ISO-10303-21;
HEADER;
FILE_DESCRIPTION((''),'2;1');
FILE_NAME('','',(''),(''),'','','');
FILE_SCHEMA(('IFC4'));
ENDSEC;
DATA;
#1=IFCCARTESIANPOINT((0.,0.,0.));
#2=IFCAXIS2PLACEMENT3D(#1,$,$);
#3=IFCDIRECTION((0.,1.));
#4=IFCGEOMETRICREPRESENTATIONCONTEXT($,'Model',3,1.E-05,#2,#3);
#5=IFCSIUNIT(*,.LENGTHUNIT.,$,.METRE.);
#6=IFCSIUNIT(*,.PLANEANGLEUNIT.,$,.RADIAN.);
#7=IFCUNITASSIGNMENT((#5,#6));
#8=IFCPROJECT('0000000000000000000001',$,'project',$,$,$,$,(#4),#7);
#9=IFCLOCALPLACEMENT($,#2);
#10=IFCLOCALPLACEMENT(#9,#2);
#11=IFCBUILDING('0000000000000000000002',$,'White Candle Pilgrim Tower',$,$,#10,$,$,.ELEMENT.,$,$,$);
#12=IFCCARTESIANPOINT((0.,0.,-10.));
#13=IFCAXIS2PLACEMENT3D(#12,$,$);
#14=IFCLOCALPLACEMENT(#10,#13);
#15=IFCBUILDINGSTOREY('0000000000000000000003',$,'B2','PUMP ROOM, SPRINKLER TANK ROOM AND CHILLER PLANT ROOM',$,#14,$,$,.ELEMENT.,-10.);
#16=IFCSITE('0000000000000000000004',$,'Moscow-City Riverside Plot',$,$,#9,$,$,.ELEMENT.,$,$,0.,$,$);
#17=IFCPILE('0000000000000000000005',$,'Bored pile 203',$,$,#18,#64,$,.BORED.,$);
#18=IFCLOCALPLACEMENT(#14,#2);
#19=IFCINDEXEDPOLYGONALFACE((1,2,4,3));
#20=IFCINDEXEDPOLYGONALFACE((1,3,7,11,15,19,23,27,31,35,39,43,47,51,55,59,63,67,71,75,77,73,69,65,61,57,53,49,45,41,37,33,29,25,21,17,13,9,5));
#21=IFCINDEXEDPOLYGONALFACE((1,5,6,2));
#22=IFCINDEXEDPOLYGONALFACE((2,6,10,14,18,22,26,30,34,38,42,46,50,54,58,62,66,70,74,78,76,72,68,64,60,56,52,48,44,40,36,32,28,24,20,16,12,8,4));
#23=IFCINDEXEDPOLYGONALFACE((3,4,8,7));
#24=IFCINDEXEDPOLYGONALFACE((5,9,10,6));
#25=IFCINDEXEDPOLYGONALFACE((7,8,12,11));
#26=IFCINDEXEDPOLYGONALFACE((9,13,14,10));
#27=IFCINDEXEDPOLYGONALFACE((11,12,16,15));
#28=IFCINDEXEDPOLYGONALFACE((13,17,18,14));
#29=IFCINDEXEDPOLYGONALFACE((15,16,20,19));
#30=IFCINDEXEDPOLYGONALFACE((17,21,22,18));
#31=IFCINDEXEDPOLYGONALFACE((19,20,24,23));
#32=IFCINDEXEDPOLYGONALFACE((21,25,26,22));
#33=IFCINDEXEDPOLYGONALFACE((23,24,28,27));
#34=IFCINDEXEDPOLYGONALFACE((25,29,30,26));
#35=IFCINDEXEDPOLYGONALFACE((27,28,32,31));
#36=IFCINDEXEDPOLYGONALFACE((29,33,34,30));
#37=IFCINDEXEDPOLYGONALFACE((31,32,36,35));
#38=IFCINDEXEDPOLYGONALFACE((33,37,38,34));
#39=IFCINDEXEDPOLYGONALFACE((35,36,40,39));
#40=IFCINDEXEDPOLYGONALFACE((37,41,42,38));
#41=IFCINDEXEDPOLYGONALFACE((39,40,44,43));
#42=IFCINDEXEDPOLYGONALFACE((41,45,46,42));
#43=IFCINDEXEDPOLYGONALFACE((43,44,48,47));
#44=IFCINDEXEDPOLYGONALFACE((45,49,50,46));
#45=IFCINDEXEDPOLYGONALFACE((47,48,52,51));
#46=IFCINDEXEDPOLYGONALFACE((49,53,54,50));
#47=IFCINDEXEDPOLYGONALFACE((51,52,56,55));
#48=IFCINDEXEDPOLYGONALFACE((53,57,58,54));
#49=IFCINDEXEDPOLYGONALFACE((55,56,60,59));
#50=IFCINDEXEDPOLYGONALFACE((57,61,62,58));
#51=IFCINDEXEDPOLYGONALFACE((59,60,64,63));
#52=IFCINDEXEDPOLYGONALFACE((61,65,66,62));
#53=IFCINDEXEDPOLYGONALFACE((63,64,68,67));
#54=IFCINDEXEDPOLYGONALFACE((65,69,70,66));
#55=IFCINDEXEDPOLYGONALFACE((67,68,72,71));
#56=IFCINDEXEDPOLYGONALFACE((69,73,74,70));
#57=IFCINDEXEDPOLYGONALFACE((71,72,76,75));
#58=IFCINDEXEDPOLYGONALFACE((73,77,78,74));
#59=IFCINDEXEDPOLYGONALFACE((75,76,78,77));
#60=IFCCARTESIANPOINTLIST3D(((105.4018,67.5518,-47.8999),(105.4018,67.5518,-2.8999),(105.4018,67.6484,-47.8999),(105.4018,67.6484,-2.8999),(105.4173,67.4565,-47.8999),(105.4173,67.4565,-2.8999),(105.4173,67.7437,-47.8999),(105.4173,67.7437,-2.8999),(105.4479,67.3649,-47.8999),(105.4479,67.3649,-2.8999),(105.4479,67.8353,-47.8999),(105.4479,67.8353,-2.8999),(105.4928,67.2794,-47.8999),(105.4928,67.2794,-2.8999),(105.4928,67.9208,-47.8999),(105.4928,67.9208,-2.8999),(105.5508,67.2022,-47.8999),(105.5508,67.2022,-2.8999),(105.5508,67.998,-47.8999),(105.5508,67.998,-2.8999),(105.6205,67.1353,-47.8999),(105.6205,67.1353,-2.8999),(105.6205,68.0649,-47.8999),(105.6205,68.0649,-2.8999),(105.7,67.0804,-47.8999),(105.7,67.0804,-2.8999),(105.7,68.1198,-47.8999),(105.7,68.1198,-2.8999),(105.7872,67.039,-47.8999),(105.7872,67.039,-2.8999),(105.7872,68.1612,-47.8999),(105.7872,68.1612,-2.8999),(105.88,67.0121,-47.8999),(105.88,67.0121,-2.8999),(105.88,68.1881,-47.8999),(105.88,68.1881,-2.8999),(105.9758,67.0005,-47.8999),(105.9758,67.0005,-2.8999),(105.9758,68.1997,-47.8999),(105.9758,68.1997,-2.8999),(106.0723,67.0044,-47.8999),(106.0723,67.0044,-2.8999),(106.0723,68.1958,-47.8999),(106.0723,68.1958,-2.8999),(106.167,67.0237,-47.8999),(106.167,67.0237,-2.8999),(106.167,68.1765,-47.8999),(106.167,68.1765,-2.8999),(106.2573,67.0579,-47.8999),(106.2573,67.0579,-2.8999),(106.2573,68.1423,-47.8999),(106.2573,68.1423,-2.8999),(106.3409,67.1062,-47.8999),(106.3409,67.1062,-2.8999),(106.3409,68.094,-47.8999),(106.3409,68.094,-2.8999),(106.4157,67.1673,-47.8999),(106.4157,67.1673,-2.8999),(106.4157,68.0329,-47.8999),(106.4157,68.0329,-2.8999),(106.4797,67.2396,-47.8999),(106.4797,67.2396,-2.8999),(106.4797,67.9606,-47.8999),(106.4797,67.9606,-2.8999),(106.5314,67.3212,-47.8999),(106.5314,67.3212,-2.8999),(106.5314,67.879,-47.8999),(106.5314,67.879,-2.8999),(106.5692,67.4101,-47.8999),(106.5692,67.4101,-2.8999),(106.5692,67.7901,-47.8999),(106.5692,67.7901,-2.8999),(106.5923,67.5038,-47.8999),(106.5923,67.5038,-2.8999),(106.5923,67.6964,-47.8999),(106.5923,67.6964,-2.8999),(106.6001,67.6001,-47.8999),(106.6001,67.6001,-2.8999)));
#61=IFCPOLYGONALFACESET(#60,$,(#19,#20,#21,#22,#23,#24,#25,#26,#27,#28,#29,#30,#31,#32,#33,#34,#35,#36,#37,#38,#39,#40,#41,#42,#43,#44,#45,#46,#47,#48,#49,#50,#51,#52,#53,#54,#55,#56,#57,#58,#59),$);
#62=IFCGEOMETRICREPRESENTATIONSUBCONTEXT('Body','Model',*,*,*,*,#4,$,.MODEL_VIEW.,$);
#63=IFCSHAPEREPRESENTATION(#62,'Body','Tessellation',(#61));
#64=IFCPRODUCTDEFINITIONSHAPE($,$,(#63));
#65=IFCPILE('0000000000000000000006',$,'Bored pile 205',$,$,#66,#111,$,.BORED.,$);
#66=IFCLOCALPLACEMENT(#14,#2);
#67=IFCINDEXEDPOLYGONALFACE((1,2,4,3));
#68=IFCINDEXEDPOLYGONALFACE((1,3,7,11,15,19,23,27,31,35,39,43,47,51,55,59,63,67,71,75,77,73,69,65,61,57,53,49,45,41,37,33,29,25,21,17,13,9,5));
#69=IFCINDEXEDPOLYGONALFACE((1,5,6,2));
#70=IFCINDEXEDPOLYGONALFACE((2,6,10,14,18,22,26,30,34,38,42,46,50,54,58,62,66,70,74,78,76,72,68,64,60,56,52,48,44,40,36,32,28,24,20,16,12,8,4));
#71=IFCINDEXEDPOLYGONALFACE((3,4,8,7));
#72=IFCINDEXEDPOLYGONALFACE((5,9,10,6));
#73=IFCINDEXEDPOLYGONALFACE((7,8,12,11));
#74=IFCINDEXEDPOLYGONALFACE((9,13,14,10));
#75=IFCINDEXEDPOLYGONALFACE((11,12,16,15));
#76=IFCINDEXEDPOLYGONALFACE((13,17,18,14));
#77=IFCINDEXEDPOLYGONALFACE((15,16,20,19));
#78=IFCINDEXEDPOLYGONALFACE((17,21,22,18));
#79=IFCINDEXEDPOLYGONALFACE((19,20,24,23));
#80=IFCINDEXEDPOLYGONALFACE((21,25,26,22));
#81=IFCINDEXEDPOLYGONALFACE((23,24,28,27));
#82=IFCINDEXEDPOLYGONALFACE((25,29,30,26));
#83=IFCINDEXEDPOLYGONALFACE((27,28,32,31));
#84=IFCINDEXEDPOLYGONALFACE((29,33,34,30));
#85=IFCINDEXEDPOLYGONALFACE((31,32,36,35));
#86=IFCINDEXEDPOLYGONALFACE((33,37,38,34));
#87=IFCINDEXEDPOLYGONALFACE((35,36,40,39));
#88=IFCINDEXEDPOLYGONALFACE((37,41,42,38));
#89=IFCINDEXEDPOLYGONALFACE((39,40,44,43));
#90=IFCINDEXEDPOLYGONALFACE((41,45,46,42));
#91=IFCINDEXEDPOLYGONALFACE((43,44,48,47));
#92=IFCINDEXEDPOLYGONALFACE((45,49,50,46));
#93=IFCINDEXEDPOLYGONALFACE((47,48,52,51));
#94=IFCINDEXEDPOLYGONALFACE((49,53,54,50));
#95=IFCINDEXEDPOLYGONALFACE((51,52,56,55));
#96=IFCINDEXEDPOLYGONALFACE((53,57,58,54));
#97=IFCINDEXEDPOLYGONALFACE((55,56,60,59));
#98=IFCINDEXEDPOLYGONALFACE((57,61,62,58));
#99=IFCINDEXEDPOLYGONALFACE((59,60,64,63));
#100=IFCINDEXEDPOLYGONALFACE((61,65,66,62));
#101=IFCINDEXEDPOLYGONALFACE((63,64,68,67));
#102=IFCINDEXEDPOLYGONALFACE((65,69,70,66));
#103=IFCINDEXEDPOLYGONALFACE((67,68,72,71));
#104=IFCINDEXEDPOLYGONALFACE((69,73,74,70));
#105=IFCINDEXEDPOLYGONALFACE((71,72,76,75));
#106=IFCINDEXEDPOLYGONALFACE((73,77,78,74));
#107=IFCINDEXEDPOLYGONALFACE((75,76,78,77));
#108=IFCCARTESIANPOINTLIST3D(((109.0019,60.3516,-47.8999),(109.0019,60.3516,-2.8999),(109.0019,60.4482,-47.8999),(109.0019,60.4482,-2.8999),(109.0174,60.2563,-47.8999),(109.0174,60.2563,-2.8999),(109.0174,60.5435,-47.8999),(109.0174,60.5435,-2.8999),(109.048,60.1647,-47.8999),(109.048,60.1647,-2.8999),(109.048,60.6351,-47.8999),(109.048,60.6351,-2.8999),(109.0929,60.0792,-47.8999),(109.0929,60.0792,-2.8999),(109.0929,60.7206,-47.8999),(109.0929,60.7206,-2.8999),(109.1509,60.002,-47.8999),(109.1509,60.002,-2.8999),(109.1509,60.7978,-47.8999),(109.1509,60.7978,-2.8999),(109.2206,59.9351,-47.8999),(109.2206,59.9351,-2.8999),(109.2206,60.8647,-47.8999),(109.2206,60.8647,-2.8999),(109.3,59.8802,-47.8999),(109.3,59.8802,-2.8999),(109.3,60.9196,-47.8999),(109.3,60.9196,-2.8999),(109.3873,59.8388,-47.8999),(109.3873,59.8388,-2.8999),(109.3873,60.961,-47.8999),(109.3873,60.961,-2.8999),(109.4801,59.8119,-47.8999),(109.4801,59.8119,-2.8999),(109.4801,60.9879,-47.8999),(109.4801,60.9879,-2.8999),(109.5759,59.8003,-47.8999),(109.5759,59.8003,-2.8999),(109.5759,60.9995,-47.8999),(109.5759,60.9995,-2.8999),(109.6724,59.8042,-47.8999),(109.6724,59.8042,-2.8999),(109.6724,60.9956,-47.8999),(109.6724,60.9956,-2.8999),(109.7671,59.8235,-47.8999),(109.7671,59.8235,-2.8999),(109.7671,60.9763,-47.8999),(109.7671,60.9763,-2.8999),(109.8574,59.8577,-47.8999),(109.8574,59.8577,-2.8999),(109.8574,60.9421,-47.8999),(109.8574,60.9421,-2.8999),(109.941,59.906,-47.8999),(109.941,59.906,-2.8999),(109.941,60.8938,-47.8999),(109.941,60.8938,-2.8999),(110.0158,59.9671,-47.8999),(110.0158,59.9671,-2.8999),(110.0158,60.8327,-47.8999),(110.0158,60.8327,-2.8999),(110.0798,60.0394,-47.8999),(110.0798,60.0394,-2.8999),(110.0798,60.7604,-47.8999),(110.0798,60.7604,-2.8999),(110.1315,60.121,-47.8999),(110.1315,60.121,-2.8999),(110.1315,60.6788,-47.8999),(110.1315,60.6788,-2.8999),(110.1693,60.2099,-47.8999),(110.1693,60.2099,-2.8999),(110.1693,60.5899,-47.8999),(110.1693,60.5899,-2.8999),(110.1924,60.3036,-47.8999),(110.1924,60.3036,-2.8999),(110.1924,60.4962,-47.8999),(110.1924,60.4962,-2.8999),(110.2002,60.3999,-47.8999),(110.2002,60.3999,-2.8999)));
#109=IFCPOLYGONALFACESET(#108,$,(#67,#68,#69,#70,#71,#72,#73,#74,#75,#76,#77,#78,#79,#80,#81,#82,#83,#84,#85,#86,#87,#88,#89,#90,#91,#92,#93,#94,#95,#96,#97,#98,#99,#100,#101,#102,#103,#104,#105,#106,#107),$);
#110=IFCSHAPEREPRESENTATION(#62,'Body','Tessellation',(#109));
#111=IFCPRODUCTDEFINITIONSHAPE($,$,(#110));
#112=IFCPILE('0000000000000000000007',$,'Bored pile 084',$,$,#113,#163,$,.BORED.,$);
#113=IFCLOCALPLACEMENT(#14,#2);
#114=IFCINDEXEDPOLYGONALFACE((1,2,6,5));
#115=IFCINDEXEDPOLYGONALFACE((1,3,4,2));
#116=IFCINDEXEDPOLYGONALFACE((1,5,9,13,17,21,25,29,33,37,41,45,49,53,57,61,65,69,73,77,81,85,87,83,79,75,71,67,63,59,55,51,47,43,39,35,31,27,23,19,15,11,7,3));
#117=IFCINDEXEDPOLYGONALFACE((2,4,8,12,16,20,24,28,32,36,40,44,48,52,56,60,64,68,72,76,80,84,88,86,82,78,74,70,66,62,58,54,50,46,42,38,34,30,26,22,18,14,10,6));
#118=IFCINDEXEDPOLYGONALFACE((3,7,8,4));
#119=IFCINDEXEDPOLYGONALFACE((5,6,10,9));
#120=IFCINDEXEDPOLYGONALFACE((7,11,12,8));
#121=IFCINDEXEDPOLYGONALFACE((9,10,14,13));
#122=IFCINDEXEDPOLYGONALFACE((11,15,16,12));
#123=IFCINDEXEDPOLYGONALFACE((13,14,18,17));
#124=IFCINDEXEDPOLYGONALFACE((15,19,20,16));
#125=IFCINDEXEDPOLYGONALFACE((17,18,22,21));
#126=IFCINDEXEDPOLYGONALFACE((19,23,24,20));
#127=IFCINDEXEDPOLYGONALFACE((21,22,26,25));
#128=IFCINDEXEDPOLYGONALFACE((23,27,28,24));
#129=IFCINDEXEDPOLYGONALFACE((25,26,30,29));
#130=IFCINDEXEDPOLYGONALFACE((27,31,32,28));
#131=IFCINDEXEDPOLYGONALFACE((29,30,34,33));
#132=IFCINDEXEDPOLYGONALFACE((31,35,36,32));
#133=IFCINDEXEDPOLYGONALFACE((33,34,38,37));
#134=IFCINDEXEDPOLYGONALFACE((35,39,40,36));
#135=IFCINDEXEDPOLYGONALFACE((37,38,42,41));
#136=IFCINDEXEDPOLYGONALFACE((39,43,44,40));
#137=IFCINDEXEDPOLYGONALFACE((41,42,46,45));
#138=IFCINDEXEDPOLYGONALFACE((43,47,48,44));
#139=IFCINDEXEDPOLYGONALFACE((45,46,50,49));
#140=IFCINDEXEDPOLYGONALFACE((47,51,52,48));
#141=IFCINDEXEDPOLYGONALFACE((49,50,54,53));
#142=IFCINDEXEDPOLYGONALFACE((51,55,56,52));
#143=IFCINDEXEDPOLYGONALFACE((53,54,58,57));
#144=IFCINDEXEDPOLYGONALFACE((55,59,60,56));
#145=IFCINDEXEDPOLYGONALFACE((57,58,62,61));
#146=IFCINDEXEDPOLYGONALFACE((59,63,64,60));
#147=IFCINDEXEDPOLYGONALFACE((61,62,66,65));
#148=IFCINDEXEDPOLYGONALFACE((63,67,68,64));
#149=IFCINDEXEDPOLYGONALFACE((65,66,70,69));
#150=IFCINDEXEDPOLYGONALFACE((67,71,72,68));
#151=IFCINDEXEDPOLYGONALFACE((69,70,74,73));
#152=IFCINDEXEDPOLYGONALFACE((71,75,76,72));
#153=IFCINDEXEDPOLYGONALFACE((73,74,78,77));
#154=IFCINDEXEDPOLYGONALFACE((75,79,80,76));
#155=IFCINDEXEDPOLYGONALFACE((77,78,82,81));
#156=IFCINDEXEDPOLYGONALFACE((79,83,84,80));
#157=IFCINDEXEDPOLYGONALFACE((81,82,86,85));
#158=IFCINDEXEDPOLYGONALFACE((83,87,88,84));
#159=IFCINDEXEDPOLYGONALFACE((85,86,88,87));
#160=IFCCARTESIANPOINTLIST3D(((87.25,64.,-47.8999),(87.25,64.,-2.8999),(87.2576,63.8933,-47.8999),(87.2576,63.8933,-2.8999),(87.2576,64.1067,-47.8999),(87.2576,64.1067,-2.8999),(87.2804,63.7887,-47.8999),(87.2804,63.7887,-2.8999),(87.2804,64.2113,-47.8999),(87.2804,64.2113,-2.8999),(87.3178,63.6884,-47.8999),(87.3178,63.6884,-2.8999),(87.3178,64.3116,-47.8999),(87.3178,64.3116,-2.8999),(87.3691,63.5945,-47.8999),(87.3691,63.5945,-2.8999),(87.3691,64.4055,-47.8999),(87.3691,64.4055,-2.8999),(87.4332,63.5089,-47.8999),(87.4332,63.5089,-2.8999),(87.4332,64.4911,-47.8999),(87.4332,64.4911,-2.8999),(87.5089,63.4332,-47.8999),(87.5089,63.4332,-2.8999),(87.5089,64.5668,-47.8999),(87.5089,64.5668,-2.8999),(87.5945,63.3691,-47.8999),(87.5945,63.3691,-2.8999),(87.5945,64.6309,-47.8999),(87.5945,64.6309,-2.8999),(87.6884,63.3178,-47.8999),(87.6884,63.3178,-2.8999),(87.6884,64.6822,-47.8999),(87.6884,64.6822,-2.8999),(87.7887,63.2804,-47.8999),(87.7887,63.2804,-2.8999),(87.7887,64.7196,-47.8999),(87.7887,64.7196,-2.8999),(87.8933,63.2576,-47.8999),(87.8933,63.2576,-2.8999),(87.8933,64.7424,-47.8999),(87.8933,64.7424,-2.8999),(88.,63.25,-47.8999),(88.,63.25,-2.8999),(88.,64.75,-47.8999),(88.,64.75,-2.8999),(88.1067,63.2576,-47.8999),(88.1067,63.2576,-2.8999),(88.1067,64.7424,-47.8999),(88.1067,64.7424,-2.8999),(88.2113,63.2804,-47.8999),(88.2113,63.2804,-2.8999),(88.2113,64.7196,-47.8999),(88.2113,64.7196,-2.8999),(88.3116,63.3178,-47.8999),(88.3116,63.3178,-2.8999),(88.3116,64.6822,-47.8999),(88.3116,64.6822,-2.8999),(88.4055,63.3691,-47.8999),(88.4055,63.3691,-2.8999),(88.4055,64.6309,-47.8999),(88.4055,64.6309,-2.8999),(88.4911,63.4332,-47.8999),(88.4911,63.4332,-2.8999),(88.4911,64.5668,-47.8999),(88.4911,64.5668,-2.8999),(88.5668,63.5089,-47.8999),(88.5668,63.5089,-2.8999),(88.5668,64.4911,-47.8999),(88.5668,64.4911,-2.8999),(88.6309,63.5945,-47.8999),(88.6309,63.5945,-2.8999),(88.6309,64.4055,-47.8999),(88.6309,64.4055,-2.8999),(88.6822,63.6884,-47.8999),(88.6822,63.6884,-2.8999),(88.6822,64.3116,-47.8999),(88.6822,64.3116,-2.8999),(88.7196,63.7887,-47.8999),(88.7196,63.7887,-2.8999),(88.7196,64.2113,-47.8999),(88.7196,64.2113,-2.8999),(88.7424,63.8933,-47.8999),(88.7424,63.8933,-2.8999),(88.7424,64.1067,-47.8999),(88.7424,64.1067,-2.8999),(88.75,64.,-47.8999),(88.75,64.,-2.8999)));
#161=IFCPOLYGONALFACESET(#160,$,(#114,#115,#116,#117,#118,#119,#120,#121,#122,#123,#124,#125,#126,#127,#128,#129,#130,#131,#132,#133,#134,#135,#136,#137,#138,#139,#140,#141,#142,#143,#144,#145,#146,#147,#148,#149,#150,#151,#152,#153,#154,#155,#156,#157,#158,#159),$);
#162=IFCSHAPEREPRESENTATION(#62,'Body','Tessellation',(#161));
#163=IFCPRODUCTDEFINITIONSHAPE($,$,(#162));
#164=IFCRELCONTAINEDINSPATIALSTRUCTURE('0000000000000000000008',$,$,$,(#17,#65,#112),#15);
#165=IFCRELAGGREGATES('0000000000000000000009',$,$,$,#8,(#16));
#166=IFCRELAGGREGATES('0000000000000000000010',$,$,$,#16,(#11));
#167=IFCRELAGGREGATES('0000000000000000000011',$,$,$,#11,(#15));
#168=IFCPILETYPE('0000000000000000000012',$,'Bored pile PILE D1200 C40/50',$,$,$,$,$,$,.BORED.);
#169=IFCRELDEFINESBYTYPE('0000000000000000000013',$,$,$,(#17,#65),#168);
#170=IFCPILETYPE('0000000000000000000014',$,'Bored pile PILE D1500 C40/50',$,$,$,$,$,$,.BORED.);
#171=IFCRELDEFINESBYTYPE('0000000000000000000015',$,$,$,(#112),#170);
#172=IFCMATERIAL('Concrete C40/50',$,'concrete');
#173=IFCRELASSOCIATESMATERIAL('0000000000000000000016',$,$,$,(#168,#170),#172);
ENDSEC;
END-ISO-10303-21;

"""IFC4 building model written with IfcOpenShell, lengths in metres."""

from ifc_helpers import new_model, si_unit, direction, frame, origin, origin_2d, place, context, subcontext, project, spatial, circle, extrude, material, material_profile, profile_set, type_object, element, save


model = new_model("IFC4")

# Units and contexts
model_context = context("Model", 3, precision=1e-05, world=origin(), true_north=direction((0.0, 1.0)))
body_context = subcontext(model_context, "Body", "Model", "MODEL_VIEW")
ifc_project = project(units=[si_unit("LENGTHUNIT", "METRE"), si_unit("PLANEANGLEUNIT", "RADIAN")], contexts=[model_context])

# Site, building, storey
site_placement = place(None, origin())
site = spatial("IfcSite", under=ifc_project, at=site_placement, Name="Moscow-City Riverside Plot", CompositionType="ELEMENT", RefElevation=0.0)
building_placement = place(site_placement, origin())
building = spatial("IfcBuilding", under=site, at=building_placement, Name="White Candle Pilgrim Tower", CompositionType="ELEMENT")
storey_placement = place(building_placement, frame((0.0, 0.0, -10.0)))
storey = spatial("IfcBuildingStorey", under=building, at=storey_placement, Name="B2", Description="PUMP ROOM, SPRINKLER TANK ROOM AND CHILLER PLANT ROOM", CompositionType="ELEMENT", Elevation=-10.0)

# Piles
ifc_material_1 = material(Name="Concrete C40/50", Category="concrete")
ifc_material_profile_1 = material_profile(ifc_material_1, circle(Radius=0.6001, at=origin_2d()), Name="PILE D1200")
ifc_profile_set_1 = profile_set([ifc_material_profile_1], Name="Concrete C40/50")
pile_type_1 = type_object("IfcPileType", Name="Bored pile PILE D1200 C40/50", PredefinedType="BORED", material=ifc_profile_set_1)
for number, where, z_axis, x_axis, name in (
    (1, (106.0, 67.6001, -2.8999), (0.0, 0.0, -1.0), (1.0, 0.0, 0.0), "Bored pile 203"),
    (2, (109.6001, 60.3999, -2.8999), (0.0, 0.0, -1.0), (1.0, 0.0, 0.0), "Bored pile 205"),
):
    element("IfcPile", number, at=place(storey_placement, frame(where, z_axis=z_axis, x_axis=x_axis)), inside=storey, type_object=pile_type_1, Name=name, PredefinedType="BORED", context=body_context, shape_type="SweptSolid", body=[
        extrude(circle(Radius=0.6001, at=origin_2d()), origin(), (0.0, 0.0, 1.0), 45.0),
    ])
ifc_material_profile_2 = material_profile(ifc_material_1, circle(Radius=0.75, at=origin_2d()), Name="PILE D1500")
ifc_profile_set_2 = profile_set([ifc_material_profile_2], Name="Concrete C40/50")
pile_type_2 = type_object("IfcPileType", Name="Bored pile PILE D1500 C40/50", PredefinedType="BORED", material=ifc_profile_set_2)
for number, where, z_axis, x_axis, name in (
    (3, (88.0, 64.0, -2.8999), (0.0, 0.0, -1.0), (1.0, 0.0, 0.0), "Bored pile 084"),
):
    element("IfcPile", number, at=place(storey_placement, frame(where, z_axis=z_axis, x_axis=x_axis)), inside=storey, type_object=pile_type_2, Name=name, PredefinedType="BORED", context=body_context, shape_type="SweptSolid", body=[
        extrude(circle(Radius=0.75, at=origin_2d()), origin(), (0.0, 0.0, 1.0), 45.0),
    ])

save(model, "model.ifc")
